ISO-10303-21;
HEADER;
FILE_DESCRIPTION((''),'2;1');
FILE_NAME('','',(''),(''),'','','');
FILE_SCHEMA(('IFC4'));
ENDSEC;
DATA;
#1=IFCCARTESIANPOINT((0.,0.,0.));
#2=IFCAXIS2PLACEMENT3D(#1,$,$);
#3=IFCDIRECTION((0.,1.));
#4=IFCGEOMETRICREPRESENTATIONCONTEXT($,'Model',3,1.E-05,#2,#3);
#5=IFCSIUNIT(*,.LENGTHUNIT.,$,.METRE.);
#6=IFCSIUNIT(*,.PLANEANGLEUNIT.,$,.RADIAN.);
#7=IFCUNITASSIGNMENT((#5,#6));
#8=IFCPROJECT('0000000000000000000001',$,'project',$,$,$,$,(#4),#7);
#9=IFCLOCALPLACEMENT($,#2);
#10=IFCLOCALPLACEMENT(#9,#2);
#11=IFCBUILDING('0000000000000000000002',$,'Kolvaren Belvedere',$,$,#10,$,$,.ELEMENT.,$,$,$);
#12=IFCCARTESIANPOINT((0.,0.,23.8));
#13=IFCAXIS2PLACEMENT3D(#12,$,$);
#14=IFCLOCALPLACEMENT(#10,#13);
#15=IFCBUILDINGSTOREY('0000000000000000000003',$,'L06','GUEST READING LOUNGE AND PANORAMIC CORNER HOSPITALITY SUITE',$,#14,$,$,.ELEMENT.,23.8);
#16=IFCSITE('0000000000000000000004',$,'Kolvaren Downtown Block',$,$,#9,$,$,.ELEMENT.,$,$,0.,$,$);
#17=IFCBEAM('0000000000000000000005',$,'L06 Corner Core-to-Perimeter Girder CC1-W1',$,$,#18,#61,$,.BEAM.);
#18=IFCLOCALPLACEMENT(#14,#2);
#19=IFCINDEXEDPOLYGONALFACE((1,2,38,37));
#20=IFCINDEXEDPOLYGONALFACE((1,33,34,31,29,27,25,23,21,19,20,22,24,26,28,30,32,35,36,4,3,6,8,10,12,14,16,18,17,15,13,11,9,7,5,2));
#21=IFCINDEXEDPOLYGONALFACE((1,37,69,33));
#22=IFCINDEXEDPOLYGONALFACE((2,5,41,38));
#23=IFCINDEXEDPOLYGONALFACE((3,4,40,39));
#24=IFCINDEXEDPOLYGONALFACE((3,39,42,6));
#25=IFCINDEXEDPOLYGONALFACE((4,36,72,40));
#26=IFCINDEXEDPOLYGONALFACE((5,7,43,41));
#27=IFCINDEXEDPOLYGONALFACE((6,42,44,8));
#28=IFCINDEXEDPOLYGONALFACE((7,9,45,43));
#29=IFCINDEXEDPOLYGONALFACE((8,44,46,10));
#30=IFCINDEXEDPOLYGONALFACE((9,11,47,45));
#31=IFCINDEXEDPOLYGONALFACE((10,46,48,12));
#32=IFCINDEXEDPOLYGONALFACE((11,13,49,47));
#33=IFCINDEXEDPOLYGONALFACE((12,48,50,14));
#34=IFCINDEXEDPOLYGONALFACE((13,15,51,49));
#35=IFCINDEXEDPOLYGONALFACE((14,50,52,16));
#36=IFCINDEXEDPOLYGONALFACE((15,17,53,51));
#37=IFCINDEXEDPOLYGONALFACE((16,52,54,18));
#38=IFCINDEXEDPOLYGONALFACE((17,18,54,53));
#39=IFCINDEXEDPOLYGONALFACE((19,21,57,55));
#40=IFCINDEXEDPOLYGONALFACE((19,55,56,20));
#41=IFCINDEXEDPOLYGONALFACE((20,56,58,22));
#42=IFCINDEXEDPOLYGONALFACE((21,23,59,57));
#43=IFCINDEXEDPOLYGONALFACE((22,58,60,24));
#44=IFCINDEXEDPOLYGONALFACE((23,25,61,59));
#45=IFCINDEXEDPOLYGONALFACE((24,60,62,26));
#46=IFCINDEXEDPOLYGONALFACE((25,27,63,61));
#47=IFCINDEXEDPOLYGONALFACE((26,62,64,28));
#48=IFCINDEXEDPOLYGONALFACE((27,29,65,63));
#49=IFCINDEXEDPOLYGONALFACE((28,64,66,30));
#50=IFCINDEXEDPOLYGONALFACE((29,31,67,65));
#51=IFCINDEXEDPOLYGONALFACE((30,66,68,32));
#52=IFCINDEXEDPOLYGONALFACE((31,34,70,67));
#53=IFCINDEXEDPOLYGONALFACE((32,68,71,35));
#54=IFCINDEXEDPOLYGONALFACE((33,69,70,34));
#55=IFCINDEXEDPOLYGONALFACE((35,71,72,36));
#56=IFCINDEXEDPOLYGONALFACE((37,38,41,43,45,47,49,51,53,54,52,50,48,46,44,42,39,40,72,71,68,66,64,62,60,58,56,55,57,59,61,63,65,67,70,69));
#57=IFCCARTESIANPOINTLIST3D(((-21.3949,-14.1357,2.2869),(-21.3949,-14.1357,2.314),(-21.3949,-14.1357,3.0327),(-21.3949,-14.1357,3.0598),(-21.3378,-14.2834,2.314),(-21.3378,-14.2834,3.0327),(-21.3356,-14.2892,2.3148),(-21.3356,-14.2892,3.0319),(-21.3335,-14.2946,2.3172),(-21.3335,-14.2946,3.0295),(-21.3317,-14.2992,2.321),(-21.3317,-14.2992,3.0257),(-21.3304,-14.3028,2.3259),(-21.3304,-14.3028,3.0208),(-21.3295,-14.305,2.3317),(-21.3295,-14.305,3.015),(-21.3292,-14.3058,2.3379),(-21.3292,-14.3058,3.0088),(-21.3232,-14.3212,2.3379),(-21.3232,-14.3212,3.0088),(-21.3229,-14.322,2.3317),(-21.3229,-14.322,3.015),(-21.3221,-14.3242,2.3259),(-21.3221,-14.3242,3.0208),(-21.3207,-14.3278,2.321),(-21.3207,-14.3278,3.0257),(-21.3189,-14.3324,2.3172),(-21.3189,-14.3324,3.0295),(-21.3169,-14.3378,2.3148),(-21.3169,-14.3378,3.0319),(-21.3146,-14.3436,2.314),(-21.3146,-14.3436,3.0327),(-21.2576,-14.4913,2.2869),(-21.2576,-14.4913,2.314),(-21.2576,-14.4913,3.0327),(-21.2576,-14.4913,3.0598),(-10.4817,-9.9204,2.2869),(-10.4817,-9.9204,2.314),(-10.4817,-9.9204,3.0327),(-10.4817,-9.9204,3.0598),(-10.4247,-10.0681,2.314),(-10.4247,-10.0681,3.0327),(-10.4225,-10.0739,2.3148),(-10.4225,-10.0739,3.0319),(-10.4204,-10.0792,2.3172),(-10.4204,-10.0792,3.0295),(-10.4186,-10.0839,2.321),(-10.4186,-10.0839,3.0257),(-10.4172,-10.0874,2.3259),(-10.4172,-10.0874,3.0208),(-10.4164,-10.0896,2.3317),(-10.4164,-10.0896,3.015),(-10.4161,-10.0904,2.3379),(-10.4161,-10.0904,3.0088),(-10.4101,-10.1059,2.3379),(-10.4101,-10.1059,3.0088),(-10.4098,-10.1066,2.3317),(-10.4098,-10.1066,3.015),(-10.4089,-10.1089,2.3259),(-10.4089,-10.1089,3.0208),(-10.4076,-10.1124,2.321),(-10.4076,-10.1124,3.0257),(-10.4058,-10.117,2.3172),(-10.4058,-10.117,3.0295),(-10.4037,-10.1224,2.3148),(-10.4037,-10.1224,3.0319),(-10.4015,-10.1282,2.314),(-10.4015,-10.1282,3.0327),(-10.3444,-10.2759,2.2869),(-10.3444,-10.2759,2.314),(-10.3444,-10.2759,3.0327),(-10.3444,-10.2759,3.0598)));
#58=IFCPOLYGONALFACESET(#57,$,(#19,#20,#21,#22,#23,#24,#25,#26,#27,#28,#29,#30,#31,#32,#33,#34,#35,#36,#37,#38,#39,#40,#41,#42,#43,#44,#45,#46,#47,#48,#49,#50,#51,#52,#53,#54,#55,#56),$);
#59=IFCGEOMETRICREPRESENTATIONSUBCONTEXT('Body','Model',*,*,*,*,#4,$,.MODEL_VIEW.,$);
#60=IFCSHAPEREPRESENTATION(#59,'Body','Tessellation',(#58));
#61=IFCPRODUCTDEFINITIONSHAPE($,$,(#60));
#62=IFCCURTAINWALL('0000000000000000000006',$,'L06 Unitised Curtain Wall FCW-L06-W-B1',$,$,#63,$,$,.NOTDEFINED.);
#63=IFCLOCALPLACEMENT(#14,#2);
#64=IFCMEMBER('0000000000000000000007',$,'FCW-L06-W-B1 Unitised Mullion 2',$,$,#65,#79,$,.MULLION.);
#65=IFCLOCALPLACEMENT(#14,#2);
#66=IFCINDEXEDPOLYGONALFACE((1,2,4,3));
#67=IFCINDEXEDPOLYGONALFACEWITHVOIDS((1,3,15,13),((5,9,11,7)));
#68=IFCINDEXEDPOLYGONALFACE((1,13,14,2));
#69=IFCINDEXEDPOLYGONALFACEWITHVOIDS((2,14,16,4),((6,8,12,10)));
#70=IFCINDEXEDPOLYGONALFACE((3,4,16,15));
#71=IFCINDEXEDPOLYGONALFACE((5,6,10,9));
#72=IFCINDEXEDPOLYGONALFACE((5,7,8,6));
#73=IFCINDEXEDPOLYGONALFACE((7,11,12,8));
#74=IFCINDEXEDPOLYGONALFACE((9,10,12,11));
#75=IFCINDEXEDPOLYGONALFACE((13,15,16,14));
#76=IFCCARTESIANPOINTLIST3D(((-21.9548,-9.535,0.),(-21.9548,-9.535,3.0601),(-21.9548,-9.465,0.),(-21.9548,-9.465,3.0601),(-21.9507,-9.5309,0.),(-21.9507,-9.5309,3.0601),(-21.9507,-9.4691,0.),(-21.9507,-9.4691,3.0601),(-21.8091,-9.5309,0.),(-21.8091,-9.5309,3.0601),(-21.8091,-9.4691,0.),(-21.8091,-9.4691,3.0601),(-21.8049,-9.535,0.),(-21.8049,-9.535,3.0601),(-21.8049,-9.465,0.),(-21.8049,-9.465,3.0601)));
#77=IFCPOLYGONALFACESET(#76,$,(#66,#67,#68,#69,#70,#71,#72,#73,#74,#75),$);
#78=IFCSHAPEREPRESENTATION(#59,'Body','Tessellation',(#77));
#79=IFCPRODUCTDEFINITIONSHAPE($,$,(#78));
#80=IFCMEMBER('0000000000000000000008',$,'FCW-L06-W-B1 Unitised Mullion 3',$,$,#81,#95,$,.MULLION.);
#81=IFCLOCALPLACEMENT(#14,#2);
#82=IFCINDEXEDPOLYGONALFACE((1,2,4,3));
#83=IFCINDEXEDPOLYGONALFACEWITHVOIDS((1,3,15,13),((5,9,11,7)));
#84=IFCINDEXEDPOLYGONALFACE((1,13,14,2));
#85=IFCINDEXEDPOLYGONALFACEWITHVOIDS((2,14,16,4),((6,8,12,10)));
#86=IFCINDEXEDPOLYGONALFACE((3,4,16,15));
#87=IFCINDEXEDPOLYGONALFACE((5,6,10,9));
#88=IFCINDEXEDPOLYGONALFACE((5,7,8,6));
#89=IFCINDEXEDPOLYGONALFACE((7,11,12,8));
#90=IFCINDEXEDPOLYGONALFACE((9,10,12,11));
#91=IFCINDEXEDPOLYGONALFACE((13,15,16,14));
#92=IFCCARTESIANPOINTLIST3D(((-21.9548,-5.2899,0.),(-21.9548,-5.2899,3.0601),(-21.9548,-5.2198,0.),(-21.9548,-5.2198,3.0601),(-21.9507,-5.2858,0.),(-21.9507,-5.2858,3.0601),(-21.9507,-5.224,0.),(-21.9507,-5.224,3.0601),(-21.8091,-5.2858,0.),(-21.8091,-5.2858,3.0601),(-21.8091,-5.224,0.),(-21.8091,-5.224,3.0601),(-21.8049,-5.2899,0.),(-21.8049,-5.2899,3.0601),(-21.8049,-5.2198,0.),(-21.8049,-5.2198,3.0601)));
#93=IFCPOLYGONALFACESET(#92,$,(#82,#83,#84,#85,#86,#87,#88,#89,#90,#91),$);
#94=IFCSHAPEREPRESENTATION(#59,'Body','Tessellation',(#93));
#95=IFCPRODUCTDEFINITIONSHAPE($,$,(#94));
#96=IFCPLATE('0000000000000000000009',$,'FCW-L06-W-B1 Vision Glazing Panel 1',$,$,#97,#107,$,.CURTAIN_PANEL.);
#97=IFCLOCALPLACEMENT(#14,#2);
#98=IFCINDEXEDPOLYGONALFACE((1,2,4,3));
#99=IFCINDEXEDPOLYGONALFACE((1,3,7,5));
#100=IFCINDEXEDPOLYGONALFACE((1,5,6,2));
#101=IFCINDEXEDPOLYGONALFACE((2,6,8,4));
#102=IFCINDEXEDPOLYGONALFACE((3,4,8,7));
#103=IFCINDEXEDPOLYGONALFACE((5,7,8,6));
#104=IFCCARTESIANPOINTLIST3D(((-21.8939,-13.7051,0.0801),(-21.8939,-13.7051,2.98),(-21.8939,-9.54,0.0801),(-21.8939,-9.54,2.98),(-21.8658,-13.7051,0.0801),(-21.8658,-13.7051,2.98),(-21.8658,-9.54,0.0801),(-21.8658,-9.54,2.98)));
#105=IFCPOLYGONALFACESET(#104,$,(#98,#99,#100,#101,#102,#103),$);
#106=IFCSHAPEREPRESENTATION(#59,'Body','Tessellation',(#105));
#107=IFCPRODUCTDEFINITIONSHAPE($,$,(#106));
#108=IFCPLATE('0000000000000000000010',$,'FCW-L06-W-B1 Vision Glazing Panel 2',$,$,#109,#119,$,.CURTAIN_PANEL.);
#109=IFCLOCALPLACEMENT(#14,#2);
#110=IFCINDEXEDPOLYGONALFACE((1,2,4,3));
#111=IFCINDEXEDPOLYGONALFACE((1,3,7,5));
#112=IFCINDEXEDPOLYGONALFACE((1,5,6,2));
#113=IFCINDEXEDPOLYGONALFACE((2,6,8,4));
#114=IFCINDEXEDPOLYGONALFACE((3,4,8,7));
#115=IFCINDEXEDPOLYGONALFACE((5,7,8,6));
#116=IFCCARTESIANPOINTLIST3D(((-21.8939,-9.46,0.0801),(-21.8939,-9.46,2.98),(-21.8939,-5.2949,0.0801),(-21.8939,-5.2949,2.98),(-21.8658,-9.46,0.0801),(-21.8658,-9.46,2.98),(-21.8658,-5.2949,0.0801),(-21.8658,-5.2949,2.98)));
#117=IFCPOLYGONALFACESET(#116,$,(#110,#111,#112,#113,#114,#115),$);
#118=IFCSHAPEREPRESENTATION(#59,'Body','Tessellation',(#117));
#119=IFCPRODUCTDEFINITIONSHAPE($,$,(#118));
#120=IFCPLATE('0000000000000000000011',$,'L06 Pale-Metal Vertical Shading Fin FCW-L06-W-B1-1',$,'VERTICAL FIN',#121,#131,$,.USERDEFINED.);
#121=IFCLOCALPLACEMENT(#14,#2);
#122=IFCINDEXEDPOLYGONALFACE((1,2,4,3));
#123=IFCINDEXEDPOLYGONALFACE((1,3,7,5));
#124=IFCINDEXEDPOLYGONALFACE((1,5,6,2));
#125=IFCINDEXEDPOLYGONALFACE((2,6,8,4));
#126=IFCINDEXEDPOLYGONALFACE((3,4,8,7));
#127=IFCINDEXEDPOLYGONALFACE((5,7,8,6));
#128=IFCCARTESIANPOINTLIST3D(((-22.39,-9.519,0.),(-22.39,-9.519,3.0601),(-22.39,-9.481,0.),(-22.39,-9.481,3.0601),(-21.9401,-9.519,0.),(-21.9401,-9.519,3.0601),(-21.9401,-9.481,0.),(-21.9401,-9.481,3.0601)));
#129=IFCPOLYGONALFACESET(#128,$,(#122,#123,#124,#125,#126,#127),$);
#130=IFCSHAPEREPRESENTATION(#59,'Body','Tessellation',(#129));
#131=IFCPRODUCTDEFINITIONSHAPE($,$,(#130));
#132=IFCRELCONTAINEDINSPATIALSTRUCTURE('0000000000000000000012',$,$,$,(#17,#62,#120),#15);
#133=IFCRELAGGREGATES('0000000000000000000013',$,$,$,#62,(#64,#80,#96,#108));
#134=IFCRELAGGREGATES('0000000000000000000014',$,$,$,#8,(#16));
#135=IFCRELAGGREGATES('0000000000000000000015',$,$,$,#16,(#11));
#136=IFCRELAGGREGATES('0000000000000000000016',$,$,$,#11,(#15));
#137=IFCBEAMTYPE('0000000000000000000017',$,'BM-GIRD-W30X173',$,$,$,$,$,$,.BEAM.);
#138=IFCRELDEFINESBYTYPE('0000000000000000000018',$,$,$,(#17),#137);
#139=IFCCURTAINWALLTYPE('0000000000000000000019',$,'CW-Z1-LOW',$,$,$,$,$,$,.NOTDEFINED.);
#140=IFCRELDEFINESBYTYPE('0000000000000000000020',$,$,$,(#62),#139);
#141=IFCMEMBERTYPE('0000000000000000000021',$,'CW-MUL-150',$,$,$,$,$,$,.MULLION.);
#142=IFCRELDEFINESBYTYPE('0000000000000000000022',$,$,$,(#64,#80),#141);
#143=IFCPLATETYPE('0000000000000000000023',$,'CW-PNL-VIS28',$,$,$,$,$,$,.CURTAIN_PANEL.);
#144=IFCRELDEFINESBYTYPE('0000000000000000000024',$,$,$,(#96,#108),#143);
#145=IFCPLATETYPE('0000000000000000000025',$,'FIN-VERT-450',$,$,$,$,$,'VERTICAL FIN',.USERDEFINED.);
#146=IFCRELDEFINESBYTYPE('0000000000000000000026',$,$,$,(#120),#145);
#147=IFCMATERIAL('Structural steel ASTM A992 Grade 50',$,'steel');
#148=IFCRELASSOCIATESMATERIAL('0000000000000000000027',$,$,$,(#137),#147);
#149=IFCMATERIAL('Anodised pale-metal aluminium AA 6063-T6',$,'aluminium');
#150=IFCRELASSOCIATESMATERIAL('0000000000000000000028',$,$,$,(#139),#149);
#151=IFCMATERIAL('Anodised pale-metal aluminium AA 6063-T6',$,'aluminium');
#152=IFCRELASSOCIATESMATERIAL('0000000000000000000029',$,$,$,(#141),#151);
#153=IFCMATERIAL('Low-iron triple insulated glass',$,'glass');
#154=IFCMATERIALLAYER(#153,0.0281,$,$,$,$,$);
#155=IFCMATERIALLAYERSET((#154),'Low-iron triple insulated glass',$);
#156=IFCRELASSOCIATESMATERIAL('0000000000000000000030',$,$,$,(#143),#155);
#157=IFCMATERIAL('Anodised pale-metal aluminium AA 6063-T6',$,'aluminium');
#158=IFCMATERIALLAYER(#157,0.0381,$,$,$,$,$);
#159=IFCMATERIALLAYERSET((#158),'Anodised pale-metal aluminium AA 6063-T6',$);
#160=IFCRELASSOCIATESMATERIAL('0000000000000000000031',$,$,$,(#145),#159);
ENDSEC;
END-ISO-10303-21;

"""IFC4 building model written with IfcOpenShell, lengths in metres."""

from ifc_helpers import new_model, si_unit, direction, frame, origin, origin_2d, place, context, subcontext, project, spatial, rectangle, hollow_rectangle, i_section, extrude, material, layer, layer_set, material_profile, profile_set, type_object, element, aggregate, save


model = new_model("IFC4")

# Units and contexts
model_context = context("Model", 3, precision=1e-05, world=origin(), true_north=direction((0.0, 1.0)))
body_context = subcontext(model_context, "Body", "Model", "MODEL_VIEW")
ifc_project = project(units=[si_unit("LENGTHUNIT", "METRE"), si_unit("PLANEANGLEUNIT", "RADIAN")], contexts=[model_context])

# Site, building, storey
site_placement = place(None, origin())
site = spatial("IfcSite", under=ifc_project, at=site_placement, Name="Kolvaren Downtown Block", CompositionType="ELEMENT", RefElevation=0.0)
building_placement = place(site_placement, origin())
building = spatial("IfcBuilding", under=site, at=building_placement, Name="Kolvaren Belvedere", CompositionType="ELEMENT")
storey_placement = place(building_placement, frame((0.0, 0.0, 23.8)))
storey = spatial("IfcBuildingStorey", under=building, at=storey_placement, Name="L06", Description="GUEST READING LOUNGE AND PANORAMIC CORNER HOSPITALITY SUITE", CompositionType="ELEMENT", Elevation=23.8)

# Beam
ifc_material_1 = material(Name="Structural steel ASTM A992 Grade 50", Category="steel")
ifc_material_profile_1 = material_profile(ifc_material_1, i_section(OverallWidth=0.3811, OverallDepth=0.7729, WebThickness=0.0166, FlangeThickness=0.0271, FilletRadius=0.0239, at=origin_2d()), Name="W30X173")
ifc_profile_set_1 = profile_set([ifc_material_profile_1], Name="Structural steel ASTM A992 Grade 50")
beam_type = type_object("IfcBeamType", Name="BM-GIRD-W30X173", PredefinedType="BEAM", material=ifc_profile_set_1)
beam_placement = place(storey_placement, frame((-10.4131, -10.0981, 2.6733), z_axis=(-0.932829, -0.360318, 0.0), x_axis=(0.360318, -0.932829, 0.0)))
element("IfcBeam", 1, at=beam_placement, inside=storey, type_object=beam_type, Name="L06 Corner Core-to-Perimeter Girder CC1-W1", PredefinedType="BEAM", context=body_context, shape_type="SweptSolid", body=[
    extrude(i_section(OverallWidth=0.3811, OverallDepth=0.7729, WebThickness=0.0166, FlangeThickness=0.0271, FilletRadius=0.0239, at=origin_2d()), origin(), (0.0, 0.0, 1.0), 11.699),
])

# Curtain wall, members, plates
ifc_material_2 = material(Name="Anodised pale-metal aluminium AA 6063-T6", Category="aluminium")
curtain_wall_type = type_object("IfcCurtainWallType", Name="CW-Z1-LOW", PredefinedType="NOTDEFINED", material=ifc_material_2)
curtain_wall_placement = place(storey_placement, origin())
curtain_wall = element("IfcCurtainWall", 2, at=curtain_wall_placement, inside=storey, type_object=curtain_wall_type, Name="L06 Unitised Curtain Wall FCW-L06-W-B1", PredefinedType="NOTDEFINED")
ifc_material_3 = material(Name="Anodised pale-metal aluminium AA 6063-T6", Category="aluminium")
ifc_material_profile_2 = material_profile(ifc_material_3, hollow_rectangle(XDim=0.0701, YDim=0.1499, WallThickness=0.0042, at=origin_2d()), Name="ALU-MUL-150X70")
ifc_profile_set_2 = profile_set([ifc_material_profile_2], Name="Anodised pale-metal aluminium AA 6063-T6")
member_type = type_object("IfcMemberType", Name="CW-MUL-150", PredefinedType="MULLION", material=ifc_profile_set_2)
member_1_placement = place(storey_placement, frame((-21.8799, -9.5, 0.0), z_axis=(0.0, 0.0, 1.0), x_axis=(0.0, 1.0, 0.0)))
member_1 = element("IfcMember", 3, at=member_1_placement, type_object=member_type, Name="FCW-L06-W-B1 Unitised Mullion 2", PredefinedType="MULLION", context=body_context, shape_type="SweptSolid", body=[
    extrude(hollow_rectangle(XDim=0.0701, YDim=0.1499, WallThickness=0.0042, at=origin_2d()), origin(), (0.0, 0.0, 1.0), 3.0601),
])
member_2_placement = place(storey_placement, frame((-21.8799, -5.2549, 0.0), z_axis=(0.0, 0.0, 1.0), x_axis=(0.0, 1.0, 0.0)))
member_2 = element("IfcMember", 4, at=member_2_placement, type_object=member_type, Name="FCW-L06-W-B1 Unitised Mullion 3", PredefinedType="MULLION", context=body_context, shape_type="SweptSolid", body=[
    extrude(hollow_rectangle(XDim=0.0701, YDim=0.1499, WallThickness=0.0042, at=origin_2d()), origin(), (0.0, 0.0, 1.0), 3.0601),
])
ifc_material_4 = material(Name="Low-iron triple insulated glass", Category="glass")
ifc_layer_1 = layer(ifc_material_4, 0.0281)
ifc_layer_set_1 = layer_set([ifc_layer_1], Name="Low-iron triple insulated glass")
plate_type_1 = type_object("IfcPlateType", Name="CW-PNL-VIS28", PredefinedType="CURTAIN_PANEL", material=ifc_layer_set_1)
plate_1_placement = place(storey_placement, frame((-21.8799, -11.6226, 0.0801), z_axis=(0.0, 0.0, 1.0), x_axis=(0.0, 1.0, 0.0)))
plate_1 = element("IfcPlate", 5, at=plate_1_placement, type_object=plate_type_1, Name="FCW-L06-W-B1 Vision Glazing Panel 1", PredefinedType="CURTAIN_PANEL", context=body_context, shape_type="SweptSolid", body=[
    extrude(rectangle(XDim=4.165, YDim=0.0281, at=origin_2d()), origin(), (0.0, 0.0, 1.0), 2.8999),
])
plate_2_placement = place(storey_placement, frame((-21.8799, -7.3774, 0.0801), z_axis=(0.0, 0.0, 1.0), x_axis=(0.0, 1.0, 0.0)))
plate_2 = element("IfcPlate", 6, at=plate_2_placement, type_object=plate_type_1, Name="FCW-L06-W-B1 Vision Glazing Panel 2", PredefinedType="CURTAIN_PANEL", context=body_context, shape_type="SweptSolid", body=[
    extrude(rectangle(XDim=4.165, YDim=0.0281, at=origin_2d()), origin(), (0.0, 0.0, 1.0), 2.8999),
])
aggregate(curtain_wall, [member_1, member_2, plate_1, plate_2])

# Plate
ifc_material_5 = material(Name="Anodised pale-metal aluminium AA 6063-T6", Category="aluminium")
ifc_layer_2 = layer(ifc_material_5, 0.0381)
ifc_layer_set_2 = layer_set([ifc_layer_2], Name="Anodised pale-metal aluminium AA 6063-T6")
plate_type_2 = type_object("IfcPlateType", Name="FIN-VERT-450", ElementType="VERTICAL FIN", PredefinedType="USERDEFINED", material=ifc_layer_set_2)
plate_3_placement = place(storey_placement, frame((-22.165, -9.5, 0.0), z_axis=(0.0, 0.0, 1.0), x_axis=(1.0, 0.0, 0.0)))
element("IfcPlate", 7, at=plate_3_placement, inside=storey, type_object=plate_type_2, Name="L06 Pale-Metal Vertical Shading Fin FCW-L06-W-B1-1", ObjectType="VERTICAL FIN", PredefinedType="USERDEFINED", context=body_context, shape_type="SweptSolid", body=[
    extrude(rectangle(XDim=0.45, YDim=0.0381, at=origin_2d()), origin(), (0.0, 0.0, 1.0), 3.0601),
])

save(model, "model.ifc")
